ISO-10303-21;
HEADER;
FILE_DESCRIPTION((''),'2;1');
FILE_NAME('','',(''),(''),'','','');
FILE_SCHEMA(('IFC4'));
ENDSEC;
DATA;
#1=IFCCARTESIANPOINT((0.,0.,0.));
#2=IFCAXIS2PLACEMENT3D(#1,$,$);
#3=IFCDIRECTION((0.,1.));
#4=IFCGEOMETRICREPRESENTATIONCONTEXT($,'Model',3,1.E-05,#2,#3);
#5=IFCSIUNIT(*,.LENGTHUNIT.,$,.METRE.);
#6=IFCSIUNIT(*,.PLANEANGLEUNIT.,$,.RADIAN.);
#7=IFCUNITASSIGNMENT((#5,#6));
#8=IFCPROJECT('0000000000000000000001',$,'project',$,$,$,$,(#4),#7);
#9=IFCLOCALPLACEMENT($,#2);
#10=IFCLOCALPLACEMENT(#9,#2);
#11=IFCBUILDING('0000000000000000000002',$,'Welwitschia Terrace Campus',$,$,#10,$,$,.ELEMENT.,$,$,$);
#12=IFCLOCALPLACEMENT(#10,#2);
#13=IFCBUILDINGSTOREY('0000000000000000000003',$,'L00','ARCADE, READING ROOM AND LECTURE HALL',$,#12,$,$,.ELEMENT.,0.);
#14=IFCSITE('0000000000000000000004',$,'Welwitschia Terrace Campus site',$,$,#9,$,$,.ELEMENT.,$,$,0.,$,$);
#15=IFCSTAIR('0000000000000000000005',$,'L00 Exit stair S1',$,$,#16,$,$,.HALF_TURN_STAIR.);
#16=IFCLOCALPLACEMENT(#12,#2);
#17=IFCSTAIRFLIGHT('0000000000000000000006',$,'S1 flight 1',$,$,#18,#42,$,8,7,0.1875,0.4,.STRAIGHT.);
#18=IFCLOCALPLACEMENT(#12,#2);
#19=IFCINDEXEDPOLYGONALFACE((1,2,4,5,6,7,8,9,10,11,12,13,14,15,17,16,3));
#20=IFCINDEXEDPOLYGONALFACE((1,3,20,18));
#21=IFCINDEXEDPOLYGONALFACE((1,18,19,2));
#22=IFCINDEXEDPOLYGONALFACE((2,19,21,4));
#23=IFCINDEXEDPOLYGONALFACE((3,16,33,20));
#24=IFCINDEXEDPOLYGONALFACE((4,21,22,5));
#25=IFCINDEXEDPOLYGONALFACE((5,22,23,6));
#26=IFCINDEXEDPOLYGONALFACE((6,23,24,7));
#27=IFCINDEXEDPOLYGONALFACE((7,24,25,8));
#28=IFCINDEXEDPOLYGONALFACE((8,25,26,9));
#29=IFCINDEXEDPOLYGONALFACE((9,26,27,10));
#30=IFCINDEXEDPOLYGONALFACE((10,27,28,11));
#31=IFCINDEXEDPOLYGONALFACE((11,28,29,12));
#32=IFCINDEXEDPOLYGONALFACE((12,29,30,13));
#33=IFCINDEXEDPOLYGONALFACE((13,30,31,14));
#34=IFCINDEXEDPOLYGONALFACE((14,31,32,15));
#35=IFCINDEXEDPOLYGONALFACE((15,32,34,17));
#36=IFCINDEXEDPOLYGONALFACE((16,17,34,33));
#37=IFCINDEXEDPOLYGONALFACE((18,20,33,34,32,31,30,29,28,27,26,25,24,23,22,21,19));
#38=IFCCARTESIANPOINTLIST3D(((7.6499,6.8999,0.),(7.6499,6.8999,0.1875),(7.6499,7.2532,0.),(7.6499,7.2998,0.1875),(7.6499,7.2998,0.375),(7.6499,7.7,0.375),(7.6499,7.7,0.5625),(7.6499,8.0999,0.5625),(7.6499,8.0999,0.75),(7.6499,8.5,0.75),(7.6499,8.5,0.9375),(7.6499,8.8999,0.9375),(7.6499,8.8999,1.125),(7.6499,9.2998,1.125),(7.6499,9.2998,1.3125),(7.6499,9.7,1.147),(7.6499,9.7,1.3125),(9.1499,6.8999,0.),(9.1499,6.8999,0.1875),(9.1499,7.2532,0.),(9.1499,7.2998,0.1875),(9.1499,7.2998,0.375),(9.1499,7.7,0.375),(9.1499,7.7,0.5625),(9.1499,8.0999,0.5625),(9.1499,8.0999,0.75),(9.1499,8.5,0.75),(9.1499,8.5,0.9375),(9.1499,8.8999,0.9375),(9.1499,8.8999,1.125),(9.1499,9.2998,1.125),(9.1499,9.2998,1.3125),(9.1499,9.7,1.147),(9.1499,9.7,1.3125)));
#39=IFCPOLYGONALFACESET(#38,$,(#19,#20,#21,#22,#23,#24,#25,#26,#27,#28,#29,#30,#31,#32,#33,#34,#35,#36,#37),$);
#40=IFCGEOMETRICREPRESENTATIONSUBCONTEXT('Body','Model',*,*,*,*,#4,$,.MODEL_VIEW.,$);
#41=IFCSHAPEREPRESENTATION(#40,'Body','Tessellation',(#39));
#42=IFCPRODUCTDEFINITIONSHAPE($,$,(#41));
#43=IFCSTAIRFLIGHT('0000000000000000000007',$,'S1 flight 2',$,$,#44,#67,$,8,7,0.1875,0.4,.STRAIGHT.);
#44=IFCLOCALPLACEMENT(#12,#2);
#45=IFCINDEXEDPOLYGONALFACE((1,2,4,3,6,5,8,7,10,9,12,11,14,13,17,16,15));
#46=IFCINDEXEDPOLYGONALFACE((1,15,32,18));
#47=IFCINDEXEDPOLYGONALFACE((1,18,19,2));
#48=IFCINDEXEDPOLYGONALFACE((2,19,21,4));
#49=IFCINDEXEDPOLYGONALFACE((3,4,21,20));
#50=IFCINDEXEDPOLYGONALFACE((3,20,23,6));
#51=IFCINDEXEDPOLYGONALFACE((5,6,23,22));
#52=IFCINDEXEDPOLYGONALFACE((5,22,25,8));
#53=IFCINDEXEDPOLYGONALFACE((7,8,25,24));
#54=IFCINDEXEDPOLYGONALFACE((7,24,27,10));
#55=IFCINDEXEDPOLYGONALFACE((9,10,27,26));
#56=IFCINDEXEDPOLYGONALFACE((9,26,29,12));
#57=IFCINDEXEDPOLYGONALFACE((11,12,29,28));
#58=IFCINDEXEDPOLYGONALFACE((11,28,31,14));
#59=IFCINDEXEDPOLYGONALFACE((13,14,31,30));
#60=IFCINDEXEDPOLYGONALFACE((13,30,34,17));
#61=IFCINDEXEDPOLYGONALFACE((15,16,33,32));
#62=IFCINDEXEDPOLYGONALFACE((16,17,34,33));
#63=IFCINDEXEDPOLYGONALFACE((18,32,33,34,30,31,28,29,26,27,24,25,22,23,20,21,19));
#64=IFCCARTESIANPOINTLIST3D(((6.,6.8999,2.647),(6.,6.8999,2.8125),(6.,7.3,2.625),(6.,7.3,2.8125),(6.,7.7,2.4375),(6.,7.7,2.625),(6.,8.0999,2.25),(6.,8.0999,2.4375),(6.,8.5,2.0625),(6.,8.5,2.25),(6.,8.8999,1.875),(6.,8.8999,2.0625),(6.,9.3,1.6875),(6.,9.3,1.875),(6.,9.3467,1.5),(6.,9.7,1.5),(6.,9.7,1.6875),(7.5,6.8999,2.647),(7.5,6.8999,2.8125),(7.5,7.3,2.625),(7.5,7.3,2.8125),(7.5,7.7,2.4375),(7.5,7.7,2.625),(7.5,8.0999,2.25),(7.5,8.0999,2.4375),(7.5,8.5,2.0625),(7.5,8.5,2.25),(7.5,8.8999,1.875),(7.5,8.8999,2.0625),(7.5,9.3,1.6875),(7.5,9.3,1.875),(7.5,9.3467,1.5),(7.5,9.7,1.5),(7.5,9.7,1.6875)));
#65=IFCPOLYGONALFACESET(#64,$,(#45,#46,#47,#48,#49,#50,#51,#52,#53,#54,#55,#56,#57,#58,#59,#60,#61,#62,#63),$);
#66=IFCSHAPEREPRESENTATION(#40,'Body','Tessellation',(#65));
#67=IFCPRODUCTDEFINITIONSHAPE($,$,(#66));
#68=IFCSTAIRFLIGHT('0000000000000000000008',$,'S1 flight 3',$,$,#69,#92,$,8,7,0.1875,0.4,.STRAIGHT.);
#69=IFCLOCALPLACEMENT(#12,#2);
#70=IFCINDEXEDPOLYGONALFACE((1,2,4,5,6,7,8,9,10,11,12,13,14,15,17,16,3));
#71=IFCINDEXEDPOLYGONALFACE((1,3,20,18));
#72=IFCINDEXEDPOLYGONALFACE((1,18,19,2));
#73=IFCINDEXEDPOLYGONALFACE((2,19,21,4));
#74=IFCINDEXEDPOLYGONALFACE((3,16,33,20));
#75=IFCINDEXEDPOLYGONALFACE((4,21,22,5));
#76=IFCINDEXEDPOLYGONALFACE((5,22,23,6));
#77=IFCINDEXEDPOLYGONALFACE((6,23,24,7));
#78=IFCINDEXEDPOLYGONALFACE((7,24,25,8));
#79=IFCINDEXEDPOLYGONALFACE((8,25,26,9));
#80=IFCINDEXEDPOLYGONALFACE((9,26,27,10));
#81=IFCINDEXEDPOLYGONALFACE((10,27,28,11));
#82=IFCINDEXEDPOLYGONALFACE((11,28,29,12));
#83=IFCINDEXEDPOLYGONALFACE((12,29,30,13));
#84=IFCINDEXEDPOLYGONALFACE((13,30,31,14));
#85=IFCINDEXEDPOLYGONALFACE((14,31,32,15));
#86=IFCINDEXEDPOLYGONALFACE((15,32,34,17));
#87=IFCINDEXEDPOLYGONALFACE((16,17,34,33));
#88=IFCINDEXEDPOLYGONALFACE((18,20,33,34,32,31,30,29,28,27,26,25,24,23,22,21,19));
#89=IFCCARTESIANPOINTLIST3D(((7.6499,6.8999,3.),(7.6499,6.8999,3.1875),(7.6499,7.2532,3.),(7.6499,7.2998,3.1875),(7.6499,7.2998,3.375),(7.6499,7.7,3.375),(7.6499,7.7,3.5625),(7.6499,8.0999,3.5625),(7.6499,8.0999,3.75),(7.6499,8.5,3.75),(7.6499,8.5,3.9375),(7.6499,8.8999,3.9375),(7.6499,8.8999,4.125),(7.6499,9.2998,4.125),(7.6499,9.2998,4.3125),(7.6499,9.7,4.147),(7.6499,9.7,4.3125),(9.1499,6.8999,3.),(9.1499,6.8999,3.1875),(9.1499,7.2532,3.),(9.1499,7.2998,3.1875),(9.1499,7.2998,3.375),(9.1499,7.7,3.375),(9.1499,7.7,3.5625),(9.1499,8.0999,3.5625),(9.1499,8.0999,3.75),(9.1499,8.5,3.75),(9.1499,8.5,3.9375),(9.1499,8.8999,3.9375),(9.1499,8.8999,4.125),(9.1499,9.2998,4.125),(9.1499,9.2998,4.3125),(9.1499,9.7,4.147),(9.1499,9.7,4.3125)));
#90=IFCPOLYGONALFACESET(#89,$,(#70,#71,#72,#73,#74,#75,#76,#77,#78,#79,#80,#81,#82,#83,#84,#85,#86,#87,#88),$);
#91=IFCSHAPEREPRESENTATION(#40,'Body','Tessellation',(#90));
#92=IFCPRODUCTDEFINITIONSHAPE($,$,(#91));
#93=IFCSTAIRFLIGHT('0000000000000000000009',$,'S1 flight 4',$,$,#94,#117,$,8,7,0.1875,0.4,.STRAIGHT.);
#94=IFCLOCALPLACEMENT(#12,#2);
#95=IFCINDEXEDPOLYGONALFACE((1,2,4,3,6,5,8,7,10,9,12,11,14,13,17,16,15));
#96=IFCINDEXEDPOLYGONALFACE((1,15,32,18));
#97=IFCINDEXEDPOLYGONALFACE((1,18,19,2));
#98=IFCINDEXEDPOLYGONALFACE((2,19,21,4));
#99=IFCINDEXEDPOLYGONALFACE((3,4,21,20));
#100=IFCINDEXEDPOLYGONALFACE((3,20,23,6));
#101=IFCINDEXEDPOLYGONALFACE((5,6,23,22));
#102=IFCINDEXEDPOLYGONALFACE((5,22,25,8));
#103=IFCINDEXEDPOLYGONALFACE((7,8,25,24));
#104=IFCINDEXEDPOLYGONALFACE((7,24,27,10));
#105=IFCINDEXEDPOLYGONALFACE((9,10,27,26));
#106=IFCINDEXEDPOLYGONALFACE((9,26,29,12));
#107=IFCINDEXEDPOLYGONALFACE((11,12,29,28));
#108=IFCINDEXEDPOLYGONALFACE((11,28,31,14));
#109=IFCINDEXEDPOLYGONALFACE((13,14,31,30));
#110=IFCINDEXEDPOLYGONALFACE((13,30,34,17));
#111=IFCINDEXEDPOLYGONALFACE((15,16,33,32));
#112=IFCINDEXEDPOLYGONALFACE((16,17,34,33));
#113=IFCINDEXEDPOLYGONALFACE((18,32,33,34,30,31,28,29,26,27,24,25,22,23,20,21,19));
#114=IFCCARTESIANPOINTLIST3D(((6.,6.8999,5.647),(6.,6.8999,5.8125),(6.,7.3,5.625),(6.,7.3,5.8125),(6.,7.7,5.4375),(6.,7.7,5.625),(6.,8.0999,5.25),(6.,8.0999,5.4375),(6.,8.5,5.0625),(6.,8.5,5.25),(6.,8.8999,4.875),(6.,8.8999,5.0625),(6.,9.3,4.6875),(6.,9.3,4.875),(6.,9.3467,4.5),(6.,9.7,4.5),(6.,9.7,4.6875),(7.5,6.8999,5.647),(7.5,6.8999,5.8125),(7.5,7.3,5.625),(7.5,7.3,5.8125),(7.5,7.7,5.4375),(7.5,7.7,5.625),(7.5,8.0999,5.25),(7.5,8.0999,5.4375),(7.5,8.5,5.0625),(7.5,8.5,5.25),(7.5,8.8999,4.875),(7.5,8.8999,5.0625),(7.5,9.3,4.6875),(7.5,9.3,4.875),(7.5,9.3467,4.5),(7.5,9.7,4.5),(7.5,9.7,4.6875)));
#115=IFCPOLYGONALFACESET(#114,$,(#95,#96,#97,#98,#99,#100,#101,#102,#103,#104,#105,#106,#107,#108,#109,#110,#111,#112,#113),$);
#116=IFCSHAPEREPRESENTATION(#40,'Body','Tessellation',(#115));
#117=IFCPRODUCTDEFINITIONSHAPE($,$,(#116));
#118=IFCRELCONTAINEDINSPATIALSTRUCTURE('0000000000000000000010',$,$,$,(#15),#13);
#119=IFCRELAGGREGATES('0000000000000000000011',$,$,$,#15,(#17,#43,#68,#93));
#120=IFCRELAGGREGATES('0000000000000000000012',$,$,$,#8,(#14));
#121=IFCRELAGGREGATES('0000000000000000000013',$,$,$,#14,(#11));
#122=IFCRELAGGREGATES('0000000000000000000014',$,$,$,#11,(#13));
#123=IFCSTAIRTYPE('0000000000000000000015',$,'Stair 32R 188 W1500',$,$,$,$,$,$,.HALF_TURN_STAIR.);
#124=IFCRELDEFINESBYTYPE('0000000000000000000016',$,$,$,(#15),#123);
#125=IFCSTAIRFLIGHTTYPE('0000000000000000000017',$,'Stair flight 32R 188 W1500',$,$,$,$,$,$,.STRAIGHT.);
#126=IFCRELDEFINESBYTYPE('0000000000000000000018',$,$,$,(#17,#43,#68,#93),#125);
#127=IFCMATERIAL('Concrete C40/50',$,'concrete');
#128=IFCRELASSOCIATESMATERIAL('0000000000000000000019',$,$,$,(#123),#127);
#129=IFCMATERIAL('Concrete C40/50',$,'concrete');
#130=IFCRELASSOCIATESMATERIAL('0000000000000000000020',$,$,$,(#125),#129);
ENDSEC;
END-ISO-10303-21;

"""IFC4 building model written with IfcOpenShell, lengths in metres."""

from ifc_helpers import new_model, si_unit, direction, frame, origin, place, context, subcontext, project, spatial, polyline, outline, extrude, material, type_object, element, aggregate, save


model = new_model("IFC4")

# Units and contexts
model_context = context("Model", 3, precision=1e-05, world=origin(), true_north=direction((0.0, 1.0)))
body_context = subcontext(model_context, "Body", "Model", "MODEL_VIEW")
ifc_project = project(units=[si_unit("LENGTHUNIT", "METRE"), si_unit("PLANEANGLEUNIT", "RADIAN")], contexts=[model_context])

# Site, building, storey
site_placement = place(None, origin())
site = spatial("IfcSite", under=ifc_project, at=site_placement, Name="Welwitschia Terrace Campus site", CompositionType="ELEMENT", RefElevation=0.0)
building_placement = place(site_placement, origin())
building = spatial("IfcBuilding", under=site, at=building_placement, Name="Welwitschia Terrace Campus", CompositionType="ELEMENT")
storey_placement = place(building_placement, origin())
storey = spatial("IfcBuildingStorey", under=building, at=storey_placement, Name="L00", Description="ARCADE, READING ROOM AND LECTURE HALL", CompositionType="ELEMENT", Elevation=0.0)

# Stair, stair flights
ifc_material_1 = material(Name="Concrete C40/50", Category="concrete")
stair_type = type_object("IfcStairType", Name="Stair 32R 188 W1500", PredefinedType="HALF_TURN_STAIR", material=ifc_material_1)
stair_placement = place(storey_placement, origin())
stair = element("IfcStair", 1, at=stair_placement, inside=storey, type_object=stair_type, Name="L00 Exit stair S1", PredefinedType="HALF_TURN_STAIR")
ifc_material_2 = material(Name="Concrete C40/50", Category="concrete")
stair_flight_type = type_object("IfcStairFlightType", Name="Stair flight 32R 188 W1500", PredefinedType="STRAIGHT", material=ifc_material_2)
stair_flight_1_placement = place(storey_placement, frame((8.3999, 6.8999, 0.0), z_axis=(0.0, 0.0, 1.0), x_axis=(0.0, 1.0, 0.0)))
stair_flight_1 = element("IfcStairFlight", 2, at=stair_flight_1_placement, type_object=stair_flight_type, Name="S1 flight 1", NumberOfRisers=8, NumberOfTreads=7, PredefinedType="STRAIGHT", RiserHeight=0.1875, TreadLength=0.4, context=body_context, shape_type="SweptSolid", body=[
    extrude(outline(polyline([(0.0, 0.0), (0.0, 0.1875), (0.3999, 0.1875), (0.3999, 0.375), (0.8, 0.375), (0.8, 0.5625), (1.2, 0.5625), (1.2, 0.75), (1.6001, 0.75), (1.6001, 0.9375), (2.0, 0.9375), (2.0, 1.125), (2.3999, 1.125), (2.3999, 1.3125), (2.8, 1.3125), (2.8, 1.5), (2.8, 1.147), (0.3533, 0.0), (0.0, 0.0)])), frame((0.0, 0.75, 0.0), z_axis=(0.0, -1.0, 0.0), x_axis=(1.0, 0.0, 0.0)), (0.0, 0.0, 1.0), 1.5),
])
stair_flight_2_placement = place(storey_placement, frame((6.75, 9.7, 1.5), z_axis=(0.0, 0.0, 1.0), x_axis=(0.0, -1.0, 0.0)))
stair_flight_2 = element("IfcStairFlight", 3, at=stair_flight_2_placement, type_object=stair_flight_type, Name="S1 flight 2", NumberOfRisers=8, NumberOfTreads=7, PredefinedType="STRAIGHT", RiserHeight=0.1875, TreadLength=0.4, context=body_context, shape_type="SweptSolid", body=[
    extrude(outline(polyline([(0.0, 0.0), (0.0, 0.1875), (0.3999, 0.1875), (0.3999, 0.375), (0.8, 0.375), (0.8, 0.5625), (1.2, 0.5625), (1.2, 0.75), (1.6001, 0.75), (1.6001, 0.9375), (2.0, 0.9375), (2.0, 1.125), (2.3999, 1.125), (2.3999, 1.3125), (2.8, 1.3125), (2.8, 1.5), (2.8, 1.147), (0.3533, 0.0), (0.0, 0.0)])), frame((0.0, 0.75, 0.0), z_axis=(0.0, -1.0, 0.0), x_axis=(1.0, 0.0, 0.0)), (0.0, 0.0, 1.0), 1.5),
])
stair_flight_3_placement = place(storey_placement, frame((8.3999, 6.8999, 3.0), z_axis=(0.0, 0.0, 1.0), x_axis=(0.0, 1.0, 0.0)))
stair_flight_3 = element("IfcStairFlight", 4, at=stair_flight_3_placement, type_object=stair_flight_type, Name="S1 flight 3", NumberOfRisers=8, NumberOfTreads=7, PredefinedType="STRAIGHT", RiserHeight=0.1875, TreadLength=0.4, context=body_context, shape_type="SweptSolid", body=[
    extrude(outline(polyline([(0.0, 0.0), (0.0, 0.1875), (0.3999, 0.1875), (0.3999, 0.375), (0.8, 0.375), (0.8, 0.5625), (1.2, 0.5625), (1.2, 0.75), (1.6001, 0.75), (1.6001, 0.9375), (2.0, 0.9375), (2.0, 1.125), (2.3999, 1.125), (2.3999, 1.3125), (2.8, 1.3125), (2.8, 1.5), (2.8, 1.147), (0.3533, 0.0), (0.0, 0.0)])), frame((0.0, 0.75, 0.0), z_axis=(0.0, -1.0, 0.0), x_axis=(1.0, 0.0, 0.0)), (0.0, 0.0, 1.0), 1.5),
])
stair_flight_4_placement = place(storey_placement, frame((6.75, 9.7, 4.5), z_axis=(0.0, 0.0, 1.0), x_axis=(0.0, -1.0, 0.0)))
stair_flight_4 = element("IfcStairFlight", 5, at=stair_flight_4_placement, type_object=stair_flight_type, Name="S1 flight 4", NumberOfRisers=8, NumberOfTreads=7, PredefinedType="STRAIGHT", RiserHeight=0.1875, TreadLength=0.4, context=body_context, shape_type="SweptSolid", body=[
    extrude(outline(polyline([(0.0, 0.0), (0.0, 0.1875), (0.3999, 0.1875), (0.3999, 0.375), (0.8, 0.375), (0.8, 0.5625), (1.2, 0.5625), (1.2, 0.75), (1.6001, 0.75), (1.6001, 0.9375), (2.0, 0.9375), (2.0, 1.125), (2.3999, 1.125), (2.3999, 1.3125), (2.8, 1.3125), (2.8, 1.5), (2.8, 1.147), (0.3533, 0.0), (0.0, 0.0)])), frame((0.0, 0.75, 0.0), z_axis=(0.0, -1.0, 0.0), x_axis=(1.0, 0.0, 0.0)), (0.0, 0.0, 1.0), 1.5),
])
aggregate(stair, [stair_flight_1, stair_flight_2, stair_flight_3, stair_flight_4])

save(model, "model.ifc")
